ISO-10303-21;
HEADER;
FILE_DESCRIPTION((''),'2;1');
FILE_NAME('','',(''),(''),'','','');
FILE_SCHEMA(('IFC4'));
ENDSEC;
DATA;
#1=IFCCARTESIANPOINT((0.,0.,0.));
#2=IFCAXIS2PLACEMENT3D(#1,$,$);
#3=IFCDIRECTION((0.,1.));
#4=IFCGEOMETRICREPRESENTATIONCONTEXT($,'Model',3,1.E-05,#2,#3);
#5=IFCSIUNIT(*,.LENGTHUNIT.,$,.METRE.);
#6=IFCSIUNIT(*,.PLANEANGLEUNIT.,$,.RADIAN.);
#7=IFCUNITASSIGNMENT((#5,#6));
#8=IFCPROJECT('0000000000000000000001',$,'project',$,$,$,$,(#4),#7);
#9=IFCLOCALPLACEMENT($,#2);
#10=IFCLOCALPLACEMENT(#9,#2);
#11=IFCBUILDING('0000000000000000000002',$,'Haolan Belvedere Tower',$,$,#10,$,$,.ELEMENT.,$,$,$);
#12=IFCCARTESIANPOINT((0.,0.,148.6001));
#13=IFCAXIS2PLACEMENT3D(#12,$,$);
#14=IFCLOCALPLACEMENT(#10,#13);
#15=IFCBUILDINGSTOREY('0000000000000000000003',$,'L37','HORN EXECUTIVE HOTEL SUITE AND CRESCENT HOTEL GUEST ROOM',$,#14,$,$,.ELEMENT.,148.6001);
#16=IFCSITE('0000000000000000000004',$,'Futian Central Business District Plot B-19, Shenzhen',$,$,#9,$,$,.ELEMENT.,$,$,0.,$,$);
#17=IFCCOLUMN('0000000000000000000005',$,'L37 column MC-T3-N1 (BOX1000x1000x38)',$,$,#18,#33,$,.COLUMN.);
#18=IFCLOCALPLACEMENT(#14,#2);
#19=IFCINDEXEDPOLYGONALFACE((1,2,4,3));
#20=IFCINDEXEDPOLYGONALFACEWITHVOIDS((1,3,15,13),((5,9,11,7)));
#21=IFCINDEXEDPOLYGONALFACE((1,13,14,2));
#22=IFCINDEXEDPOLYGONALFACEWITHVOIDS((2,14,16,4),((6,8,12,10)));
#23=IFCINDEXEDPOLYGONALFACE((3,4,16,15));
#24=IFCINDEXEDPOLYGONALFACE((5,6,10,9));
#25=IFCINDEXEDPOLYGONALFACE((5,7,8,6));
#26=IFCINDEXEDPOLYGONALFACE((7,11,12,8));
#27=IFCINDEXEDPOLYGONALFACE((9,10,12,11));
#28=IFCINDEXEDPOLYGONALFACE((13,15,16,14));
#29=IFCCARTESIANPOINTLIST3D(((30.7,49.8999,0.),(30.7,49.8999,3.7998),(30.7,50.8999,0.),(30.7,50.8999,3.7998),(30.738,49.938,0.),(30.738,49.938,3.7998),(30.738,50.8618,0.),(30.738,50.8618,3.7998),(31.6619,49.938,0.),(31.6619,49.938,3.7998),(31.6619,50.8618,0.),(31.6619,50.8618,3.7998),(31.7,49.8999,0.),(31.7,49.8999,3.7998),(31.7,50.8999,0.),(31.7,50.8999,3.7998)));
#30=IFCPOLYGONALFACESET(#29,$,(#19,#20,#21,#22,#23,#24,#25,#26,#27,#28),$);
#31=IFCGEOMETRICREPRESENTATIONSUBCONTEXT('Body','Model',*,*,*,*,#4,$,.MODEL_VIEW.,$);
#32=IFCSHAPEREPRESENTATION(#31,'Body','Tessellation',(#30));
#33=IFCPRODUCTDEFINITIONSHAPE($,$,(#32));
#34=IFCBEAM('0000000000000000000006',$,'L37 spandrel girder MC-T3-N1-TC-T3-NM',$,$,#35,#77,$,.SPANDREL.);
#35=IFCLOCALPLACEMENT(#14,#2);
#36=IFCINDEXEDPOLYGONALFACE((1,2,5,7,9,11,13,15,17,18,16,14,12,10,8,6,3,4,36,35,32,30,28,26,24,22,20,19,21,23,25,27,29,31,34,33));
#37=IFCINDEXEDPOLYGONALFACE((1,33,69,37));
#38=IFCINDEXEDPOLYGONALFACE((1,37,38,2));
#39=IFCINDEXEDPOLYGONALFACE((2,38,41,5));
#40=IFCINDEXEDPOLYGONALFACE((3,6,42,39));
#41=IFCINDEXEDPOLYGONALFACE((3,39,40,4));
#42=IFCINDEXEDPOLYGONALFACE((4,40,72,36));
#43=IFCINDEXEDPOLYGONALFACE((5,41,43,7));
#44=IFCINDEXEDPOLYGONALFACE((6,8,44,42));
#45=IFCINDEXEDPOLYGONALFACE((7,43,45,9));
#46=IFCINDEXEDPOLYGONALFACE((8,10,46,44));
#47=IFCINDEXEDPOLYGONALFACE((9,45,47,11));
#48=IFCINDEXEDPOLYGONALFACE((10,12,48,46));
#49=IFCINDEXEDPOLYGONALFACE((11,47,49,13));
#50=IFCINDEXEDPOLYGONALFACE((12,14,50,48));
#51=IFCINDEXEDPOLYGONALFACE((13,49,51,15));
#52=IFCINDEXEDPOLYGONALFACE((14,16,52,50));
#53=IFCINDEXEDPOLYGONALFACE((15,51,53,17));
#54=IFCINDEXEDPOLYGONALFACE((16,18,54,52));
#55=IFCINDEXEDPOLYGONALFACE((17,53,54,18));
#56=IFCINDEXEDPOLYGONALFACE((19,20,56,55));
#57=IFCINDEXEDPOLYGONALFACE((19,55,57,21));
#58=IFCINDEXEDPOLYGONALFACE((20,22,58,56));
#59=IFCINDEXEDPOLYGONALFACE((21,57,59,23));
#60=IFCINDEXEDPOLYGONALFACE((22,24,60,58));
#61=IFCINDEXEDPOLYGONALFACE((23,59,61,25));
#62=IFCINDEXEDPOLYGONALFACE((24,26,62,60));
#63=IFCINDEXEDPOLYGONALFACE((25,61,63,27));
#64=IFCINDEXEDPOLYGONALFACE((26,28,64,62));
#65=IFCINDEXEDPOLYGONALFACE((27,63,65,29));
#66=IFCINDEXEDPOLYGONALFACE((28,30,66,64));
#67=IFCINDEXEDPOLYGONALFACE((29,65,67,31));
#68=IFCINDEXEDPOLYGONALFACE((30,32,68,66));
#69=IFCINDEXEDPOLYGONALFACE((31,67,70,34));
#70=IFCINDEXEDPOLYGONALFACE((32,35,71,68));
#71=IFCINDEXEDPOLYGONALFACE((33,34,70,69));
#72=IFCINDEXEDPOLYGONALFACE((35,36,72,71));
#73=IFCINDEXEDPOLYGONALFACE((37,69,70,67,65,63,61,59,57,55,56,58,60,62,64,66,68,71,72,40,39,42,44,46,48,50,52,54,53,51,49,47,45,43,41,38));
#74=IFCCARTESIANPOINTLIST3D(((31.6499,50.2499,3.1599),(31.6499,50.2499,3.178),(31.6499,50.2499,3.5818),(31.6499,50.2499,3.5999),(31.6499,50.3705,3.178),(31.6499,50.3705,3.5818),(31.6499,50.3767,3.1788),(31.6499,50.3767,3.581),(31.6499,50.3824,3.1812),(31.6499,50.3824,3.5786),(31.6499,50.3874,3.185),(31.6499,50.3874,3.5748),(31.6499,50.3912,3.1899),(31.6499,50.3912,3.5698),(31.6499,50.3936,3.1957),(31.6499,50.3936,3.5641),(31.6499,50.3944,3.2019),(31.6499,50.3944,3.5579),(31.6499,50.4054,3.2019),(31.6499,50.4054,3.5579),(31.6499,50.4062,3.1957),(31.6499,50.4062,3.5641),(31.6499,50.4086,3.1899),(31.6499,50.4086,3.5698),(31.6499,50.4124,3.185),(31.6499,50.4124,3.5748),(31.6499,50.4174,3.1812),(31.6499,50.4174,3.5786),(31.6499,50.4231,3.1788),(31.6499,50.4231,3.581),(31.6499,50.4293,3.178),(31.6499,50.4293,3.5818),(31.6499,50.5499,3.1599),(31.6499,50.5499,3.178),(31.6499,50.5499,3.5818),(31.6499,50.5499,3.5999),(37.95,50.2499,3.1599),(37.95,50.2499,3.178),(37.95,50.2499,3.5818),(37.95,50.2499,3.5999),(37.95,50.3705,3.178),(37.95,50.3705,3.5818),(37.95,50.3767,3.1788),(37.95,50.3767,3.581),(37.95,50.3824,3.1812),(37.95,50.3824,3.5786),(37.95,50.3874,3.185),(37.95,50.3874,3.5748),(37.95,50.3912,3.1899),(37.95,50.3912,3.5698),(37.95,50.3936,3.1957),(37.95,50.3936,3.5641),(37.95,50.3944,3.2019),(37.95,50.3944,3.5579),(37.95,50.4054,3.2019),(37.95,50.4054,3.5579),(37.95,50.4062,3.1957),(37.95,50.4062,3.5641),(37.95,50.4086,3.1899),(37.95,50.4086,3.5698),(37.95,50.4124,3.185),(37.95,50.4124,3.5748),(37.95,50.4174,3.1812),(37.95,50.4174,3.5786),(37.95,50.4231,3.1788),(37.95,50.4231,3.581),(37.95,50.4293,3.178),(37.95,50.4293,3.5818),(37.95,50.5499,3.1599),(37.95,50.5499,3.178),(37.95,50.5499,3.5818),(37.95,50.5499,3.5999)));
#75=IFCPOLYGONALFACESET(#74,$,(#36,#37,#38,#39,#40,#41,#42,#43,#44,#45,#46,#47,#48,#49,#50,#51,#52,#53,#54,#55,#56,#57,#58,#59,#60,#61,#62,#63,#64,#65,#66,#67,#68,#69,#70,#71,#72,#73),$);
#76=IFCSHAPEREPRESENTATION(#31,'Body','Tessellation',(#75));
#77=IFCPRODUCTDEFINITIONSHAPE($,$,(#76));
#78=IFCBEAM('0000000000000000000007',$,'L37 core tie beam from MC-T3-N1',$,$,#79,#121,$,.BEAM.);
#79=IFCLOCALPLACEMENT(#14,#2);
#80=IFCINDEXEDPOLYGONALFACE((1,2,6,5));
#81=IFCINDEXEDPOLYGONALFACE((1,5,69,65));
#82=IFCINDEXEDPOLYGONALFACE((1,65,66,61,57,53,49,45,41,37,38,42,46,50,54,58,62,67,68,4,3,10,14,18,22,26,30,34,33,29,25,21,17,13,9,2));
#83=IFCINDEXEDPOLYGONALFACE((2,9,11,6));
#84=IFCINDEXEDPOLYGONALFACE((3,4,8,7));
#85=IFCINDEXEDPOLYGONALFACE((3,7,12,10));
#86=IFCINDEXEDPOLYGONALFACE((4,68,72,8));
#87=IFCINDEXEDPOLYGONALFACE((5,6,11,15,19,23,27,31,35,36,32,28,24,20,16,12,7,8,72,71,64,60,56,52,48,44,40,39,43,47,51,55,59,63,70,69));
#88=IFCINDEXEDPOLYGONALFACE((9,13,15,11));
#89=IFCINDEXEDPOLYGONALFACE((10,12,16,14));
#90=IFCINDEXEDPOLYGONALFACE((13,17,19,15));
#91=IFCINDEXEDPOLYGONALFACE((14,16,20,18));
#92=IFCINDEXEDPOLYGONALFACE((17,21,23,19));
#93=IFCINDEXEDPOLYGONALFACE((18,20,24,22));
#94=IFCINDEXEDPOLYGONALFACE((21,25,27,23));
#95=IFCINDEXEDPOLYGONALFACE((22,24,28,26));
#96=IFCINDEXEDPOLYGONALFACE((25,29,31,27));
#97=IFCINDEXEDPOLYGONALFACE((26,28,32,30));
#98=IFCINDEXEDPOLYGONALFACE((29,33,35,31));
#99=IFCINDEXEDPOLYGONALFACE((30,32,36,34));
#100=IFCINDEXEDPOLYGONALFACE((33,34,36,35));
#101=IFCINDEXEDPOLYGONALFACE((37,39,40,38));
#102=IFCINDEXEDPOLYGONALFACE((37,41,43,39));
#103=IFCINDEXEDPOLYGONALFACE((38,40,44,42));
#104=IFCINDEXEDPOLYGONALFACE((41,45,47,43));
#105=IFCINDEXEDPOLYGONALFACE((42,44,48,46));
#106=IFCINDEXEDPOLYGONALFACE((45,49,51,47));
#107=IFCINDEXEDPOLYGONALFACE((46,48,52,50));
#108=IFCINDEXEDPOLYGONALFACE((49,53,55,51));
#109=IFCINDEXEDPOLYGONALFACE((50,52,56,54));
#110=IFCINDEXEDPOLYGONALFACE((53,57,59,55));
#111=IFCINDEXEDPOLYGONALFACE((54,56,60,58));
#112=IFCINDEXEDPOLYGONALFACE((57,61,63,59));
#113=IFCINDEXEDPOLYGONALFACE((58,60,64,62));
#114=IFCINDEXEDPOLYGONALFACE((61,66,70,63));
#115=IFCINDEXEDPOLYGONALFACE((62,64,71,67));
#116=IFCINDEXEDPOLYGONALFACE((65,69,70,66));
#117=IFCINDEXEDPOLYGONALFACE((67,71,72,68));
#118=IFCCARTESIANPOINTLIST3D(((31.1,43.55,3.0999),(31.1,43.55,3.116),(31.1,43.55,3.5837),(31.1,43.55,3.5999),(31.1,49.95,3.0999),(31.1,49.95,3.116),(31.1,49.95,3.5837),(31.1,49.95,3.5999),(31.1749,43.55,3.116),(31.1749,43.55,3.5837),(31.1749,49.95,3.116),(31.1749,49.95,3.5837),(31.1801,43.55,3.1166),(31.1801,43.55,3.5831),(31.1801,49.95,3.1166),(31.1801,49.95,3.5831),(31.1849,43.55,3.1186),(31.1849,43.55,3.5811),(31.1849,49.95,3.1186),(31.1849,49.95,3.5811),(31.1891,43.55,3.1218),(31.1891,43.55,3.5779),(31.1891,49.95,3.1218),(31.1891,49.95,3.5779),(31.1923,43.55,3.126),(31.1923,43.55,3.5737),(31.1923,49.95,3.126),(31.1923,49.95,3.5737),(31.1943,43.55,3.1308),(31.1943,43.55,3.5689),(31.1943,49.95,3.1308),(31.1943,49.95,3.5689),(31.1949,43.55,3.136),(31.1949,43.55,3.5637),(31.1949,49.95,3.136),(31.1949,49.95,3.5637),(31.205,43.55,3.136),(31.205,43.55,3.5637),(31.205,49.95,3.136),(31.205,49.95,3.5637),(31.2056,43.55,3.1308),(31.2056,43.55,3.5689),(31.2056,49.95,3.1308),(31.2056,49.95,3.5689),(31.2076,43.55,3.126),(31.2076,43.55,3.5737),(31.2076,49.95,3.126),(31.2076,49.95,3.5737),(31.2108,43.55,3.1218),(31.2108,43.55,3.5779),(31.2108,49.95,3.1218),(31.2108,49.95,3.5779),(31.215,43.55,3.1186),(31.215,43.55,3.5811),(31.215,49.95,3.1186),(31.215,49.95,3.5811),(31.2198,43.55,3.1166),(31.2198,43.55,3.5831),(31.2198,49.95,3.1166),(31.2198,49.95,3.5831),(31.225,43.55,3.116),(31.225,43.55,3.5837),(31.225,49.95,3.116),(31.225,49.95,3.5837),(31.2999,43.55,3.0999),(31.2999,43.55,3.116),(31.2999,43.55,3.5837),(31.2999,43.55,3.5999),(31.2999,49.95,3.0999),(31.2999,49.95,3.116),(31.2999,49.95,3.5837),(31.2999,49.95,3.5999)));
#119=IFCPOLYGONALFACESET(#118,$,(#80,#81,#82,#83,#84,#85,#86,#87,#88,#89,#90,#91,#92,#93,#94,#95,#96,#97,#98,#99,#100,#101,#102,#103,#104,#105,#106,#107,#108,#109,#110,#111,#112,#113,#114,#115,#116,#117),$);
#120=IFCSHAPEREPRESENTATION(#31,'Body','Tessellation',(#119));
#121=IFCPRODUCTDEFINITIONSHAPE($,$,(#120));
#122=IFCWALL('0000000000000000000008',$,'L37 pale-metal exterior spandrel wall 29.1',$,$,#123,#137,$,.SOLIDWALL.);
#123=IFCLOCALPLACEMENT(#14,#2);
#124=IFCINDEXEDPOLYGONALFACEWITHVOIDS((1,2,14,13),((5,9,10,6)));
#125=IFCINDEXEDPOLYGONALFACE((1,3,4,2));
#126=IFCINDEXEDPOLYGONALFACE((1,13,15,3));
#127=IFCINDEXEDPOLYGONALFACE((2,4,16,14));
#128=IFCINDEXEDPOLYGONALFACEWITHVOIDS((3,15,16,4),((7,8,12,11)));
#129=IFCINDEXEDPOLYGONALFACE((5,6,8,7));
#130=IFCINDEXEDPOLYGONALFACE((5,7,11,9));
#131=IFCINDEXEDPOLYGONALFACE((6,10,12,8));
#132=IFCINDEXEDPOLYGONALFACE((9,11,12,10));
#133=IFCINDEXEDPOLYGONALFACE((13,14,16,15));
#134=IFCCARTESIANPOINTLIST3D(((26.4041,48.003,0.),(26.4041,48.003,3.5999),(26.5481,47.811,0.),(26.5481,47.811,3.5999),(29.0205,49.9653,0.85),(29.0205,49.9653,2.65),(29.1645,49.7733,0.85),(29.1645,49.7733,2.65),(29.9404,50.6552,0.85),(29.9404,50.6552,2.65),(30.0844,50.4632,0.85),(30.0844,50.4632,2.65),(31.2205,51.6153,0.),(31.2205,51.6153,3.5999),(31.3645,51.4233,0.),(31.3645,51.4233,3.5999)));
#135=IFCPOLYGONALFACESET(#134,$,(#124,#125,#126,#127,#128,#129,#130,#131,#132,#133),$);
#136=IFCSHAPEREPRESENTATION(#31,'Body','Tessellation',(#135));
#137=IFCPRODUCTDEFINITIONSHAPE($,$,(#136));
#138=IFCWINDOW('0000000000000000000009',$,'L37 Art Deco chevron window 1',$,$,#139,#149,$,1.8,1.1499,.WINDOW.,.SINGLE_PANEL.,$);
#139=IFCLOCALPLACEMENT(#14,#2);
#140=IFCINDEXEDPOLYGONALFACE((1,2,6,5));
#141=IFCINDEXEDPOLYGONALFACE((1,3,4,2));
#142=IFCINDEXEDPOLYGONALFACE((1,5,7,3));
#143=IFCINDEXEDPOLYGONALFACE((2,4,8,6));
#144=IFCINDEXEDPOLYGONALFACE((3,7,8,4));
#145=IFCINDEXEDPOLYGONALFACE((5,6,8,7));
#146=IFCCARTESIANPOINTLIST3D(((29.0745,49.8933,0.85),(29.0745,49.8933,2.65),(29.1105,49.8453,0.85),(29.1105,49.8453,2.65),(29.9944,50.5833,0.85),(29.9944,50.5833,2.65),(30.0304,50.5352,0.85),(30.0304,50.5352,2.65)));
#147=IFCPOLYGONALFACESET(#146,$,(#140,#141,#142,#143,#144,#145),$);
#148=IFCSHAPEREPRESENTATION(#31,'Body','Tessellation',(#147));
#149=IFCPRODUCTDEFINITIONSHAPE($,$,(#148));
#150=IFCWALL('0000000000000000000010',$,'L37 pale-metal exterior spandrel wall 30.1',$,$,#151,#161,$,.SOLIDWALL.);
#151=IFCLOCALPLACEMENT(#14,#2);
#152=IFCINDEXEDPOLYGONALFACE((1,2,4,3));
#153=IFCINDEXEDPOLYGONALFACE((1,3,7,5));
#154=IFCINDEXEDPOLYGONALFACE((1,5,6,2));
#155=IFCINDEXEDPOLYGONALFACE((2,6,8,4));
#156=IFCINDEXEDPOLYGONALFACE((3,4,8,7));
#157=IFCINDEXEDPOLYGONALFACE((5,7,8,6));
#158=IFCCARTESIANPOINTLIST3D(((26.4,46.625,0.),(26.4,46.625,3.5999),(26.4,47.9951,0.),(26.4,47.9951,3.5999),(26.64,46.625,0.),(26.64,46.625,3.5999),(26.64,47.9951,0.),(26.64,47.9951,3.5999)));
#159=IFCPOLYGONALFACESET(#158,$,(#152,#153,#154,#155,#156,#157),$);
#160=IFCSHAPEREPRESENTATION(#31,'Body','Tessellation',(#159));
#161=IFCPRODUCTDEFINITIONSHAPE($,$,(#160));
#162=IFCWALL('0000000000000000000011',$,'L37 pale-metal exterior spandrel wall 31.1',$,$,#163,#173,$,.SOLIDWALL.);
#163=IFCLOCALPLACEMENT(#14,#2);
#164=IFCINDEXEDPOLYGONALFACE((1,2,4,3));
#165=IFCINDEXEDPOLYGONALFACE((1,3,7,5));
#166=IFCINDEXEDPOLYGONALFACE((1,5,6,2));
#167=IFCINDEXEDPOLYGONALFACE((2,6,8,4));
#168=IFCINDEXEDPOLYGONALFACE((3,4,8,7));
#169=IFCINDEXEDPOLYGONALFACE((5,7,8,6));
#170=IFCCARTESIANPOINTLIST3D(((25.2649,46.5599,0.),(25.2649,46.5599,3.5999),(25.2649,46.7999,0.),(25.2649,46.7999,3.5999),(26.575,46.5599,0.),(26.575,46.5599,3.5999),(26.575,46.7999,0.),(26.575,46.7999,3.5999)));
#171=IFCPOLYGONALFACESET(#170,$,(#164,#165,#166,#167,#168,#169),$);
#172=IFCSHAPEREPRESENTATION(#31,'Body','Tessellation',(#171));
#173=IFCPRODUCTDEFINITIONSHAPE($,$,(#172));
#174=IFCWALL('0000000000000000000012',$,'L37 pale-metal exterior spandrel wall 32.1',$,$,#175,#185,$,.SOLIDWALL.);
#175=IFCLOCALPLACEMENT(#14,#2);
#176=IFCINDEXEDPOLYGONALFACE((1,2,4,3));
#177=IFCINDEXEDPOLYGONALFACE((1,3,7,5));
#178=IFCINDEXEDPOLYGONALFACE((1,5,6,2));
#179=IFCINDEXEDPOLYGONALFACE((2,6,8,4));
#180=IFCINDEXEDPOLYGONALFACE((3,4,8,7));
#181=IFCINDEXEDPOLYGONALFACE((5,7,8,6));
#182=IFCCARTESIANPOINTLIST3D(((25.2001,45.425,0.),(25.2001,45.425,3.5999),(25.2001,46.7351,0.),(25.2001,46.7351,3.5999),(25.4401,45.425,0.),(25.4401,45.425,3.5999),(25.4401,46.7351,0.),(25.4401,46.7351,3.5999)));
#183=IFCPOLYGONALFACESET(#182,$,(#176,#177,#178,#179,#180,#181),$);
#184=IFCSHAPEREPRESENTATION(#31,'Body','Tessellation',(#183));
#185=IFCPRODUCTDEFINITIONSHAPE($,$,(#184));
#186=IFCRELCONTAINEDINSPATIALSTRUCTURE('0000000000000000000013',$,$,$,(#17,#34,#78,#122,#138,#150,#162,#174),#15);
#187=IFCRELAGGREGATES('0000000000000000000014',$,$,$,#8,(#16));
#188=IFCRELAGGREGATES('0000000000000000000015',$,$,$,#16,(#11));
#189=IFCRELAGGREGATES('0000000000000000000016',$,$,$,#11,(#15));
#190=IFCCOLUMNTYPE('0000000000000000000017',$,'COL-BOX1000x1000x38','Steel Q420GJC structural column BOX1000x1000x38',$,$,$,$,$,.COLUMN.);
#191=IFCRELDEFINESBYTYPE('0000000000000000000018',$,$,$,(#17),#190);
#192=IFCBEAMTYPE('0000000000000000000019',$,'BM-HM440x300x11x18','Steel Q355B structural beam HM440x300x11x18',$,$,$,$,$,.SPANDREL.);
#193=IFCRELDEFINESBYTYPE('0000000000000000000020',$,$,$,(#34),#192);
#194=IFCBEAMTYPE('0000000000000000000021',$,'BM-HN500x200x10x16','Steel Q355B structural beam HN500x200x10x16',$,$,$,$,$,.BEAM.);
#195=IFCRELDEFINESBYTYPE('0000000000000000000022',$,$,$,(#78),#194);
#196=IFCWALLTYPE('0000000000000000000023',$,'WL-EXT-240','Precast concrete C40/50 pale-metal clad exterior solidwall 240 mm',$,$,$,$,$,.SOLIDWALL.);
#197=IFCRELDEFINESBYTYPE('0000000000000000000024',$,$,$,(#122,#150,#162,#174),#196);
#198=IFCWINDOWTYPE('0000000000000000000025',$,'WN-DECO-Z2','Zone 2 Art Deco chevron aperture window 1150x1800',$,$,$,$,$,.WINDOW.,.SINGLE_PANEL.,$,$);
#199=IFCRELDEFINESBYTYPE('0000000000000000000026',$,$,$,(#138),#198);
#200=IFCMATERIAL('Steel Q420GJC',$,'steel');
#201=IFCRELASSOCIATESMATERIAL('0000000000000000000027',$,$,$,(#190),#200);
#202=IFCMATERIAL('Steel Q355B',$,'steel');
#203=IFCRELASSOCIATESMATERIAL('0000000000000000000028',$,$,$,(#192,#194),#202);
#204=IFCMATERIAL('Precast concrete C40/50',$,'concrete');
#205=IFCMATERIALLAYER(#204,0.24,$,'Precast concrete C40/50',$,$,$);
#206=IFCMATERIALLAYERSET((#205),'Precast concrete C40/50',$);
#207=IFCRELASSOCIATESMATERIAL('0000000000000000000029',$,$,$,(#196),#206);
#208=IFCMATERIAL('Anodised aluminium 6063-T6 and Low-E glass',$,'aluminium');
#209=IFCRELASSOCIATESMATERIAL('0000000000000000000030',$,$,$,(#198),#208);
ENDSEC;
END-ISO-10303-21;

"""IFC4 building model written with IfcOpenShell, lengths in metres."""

from ifc_helpers import new_model, si_unit, direction, frame, frame_2d, origin, origin_2d, place, context, subcontext, project, spatial, rectangle, hollow_rectangle, i_section, extrude, material, layer, layer_set, material_profile, profile_set, type_object, element, fill, save


model = new_model("IFC4")

# Units and contexts
model_context = context("Model", 3, precision=1e-05, world=origin(), true_north=direction((0.0, 1.0)))
body_context = subcontext(model_context, "Body", "Model", "MODEL_VIEW")
ifc_project = project(units=[si_unit("LENGTHUNIT", "METRE"), si_unit("PLANEANGLEUNIT", "RADIAN")], contexts=[model_context])

# Site, building, storey
site_placement = place(None, origin())
site = spatial("IfcSite", under=ifc_project, at=site_placement, Name="Futian Central Business District Plot B-19, Shenzhen", CompositionType="ELEMENT", RefElevation=0.0)
building_placement = place(site_placement, origin())
building = spatial("IfcBuilding", under=site, at=building_placement, Name="Haolan Belvedere Tower", CompositionType="ELEMENT")
storey_placement = place(building_placement, frame((0.0, 0.0, 148.6001)))
storey = spatial("IfcBuildingStorey", under=building, at=storey_placement, Name="L37", Description="HORN EXECUTIVE HOTEL SUITE AND CRESCENT HOTEL GUEST ROOM", CompositionType="ELEMENT", Elevation=148.6001)

# Column
ifc_material_1 = material(Name="Steel Q420GJC", Category="steel")
ifc_material_profile_1 = material_profile(ifc_material_1, hollow_rectangle(XDim=1.0, YDim=1.0, WallThickness=0.0381, at=origin_2d()), Name="Steel Q420GJC")
ifc_profile_set_1 = profile_set([ifc_material_profile_1], Name="Steel Q420GJC")
column_type = type_object("IfcColumnType", Name="COL-BOX1000x1000x38", Description="Steel Q420GJC structural column BOX1000x1000x38", PredefinedType="COLUMN", material=ifc_profile_set_1)
column_placement = place(storey_placement, frame((31.2, 50.3999, 0.0), z_axis=(0.0, 0.0, 1.0), x_axis=(1.0, 0.0, 0.0)))
element("IfcColumn", 1, at=column_placement, inside=storey, type_object=column_type, Name="L37 column MC-T3-N1 (BOX1000x1000x38)", PredefinedType="COLUMN", context=body_context, shape_type="SweptSolid", body=[
    extrude(hollow_rectangle(XDim=1.0, YDim=1.0, WallThickness=0.0381, at=origin_2d()), origin(), (0.0, 0.0, 1.0), 3.7998),
])

# Beams
ifc_material_2 = material(Name="Steel Q355B", Category="steel")
ifc_material_profile_2 = material_profile(ifc_material_2, i_section(OverallWidth=0.3, OverallDepth=0.4399, WebThickness=0.011, FlangeThickness=0.0181, FilletRadius=0.0239, at=origin_2d()), Name="Steel Q355B")
ifc_profile_set_2 = profile_set([ifc_material_profile_2], Name="Steel Q355B")
beam_type_1 = type_object("IfcBeamType", Name="BM-HM440x300x11x18", Description="Steel Q355B structural beam HM440x300x11x18", PredefinedType="SPANDREL", material=ifc_profile_set_2)
beam_1_placement = place(storey_placement, frame((31.6499, 50.3999, 3.3799), z_axis=(1.0, 0.0, 0.0), x_axis=(0.0, 1.0, 0.0)))
element("IfcBeam", 2, at=beam_1_placement, inside=storey, type_object=beam_type_1, Name="L37 spandrel girder MC-T3-N1-TC-T3-NM", PredefinedType="SPANDREL", context=body_context, shape_type="SweptSolid", body=[
    extrude(i_section(OverallWidth=0.3, OverallDepth=0.4399, WebThickness=0.011, FlangeThickness=0.0181, FilletRadius=0.0239, at=origin_2d()), origin(), (0.0, 0.0, 1.0), 6.3),
])
ifc_material_profile_3 = material_profile(ifc_material_2, i_section(OverallWidth=0.2, OverallDepth=0.5, WebThickness=0.01, FlangeThickness=0.0161, FilletRadius=0.02, at=origin_2d()), Name="Steel Q355B")
ifc_profile_set_3 = profile_set([ifc_material_profile_3], Name="Steel Q355B")
beam_type_2 = type_object("IfcBeamType", Name="BM-HN500x200x10x16", Description="Steel Q355B structural beam HN500x200x10x16", PredefinedType="BEAM", material=ifc_profile_set_3)
beam_2_placement = place(storey_placement, frame((31.2, 49.95, 3.3499), z_axis=(0.0, -1.0, 0.0), x_axis=(1.0, 0.0, 0.0)))
element("IfcBeam", 3, at=beam_2_placement, inside=storey, type_object=beam_type_2, Name="L37 core tie beam from MC-T3-N1", PredefinedType="BEAM", context=body_context, shape_type="SweptSolid", body=[
    extrude(i_section(OverallWidth=0.2, OverallDepth=0.5, WebThickness=0.01, FlangeThickness=0.0161, FilletRadius=0.02, at=origin_2d()), origin(), (0.0, 0.0, 1.0), 6.3999),
])

# Wall, opening, window
ifc_material_3 = material(Name="Precast concrete C40/50", Category="concrete")
ifc_layer_1 = layer(ifc_material_3, 0.24, Name="Precast concrete C40/50")
ifc_layer_set_1 = layer_set([ifc_layer_1], Name="Precast concrete C40/50")
wall_type_1 = type_object("IfcWallType", Name="WL-EXT-240", Description="Precast concrete C40/50 pale-metal clad exterior solidwall 240 mm", PredefinedType="SOLIDWALL", material=ifc_layer_set_1)
wall_1_placement = place(storey_placement, frame((31.2925, 51.5193, 0.0), z_axis=(0.0, 0.0, 1.0), x_axis=(-0.8, -0.6, 0.0)))
wall_1 = element("IfcWall", 4, at=wall_1_placement, inside=storey, type_object=wall_type_1, Name="L37 pale-metal exterior spandrel wall 29.1", PredefinedType="SOLIDWALL", context=body_context, shape_type="SweptSolid", body=[
    extrude(rectangle(XDim=6.0205, YDim=0.24, at=frame_2d((3.0103, 0.0))), origin(), (0.0, 0.0, 1.0), 3.5999),
])
opening_1_placement = place(wall_1_placement, frame((1.6001, 0.0, 0.8501)))
opening_1 = element("IfcOpeningElement", 5, at=opening_1_placement, cuts=wall_1, PredefinedType="OPENING", context=body_context, shape_type="SweptSolid", body=[
    extrude(rectangle(XDim=1.1499, YDim=1.8, at=frame_2d((0.575, 0.8999))), frame((0.0, 0.1299, 0.0), z_axis=(0.0, -1.0, 0.0), x_axis=(1.0, 0.0, 0.0)), (0.0, 0.0, 1.0), 0.26),
])
ifc_material_4 = material(Name="Anodised aluminium 6063-T6 and Low-E glass", Category="aluminium")
window_type = type_object("IfcWindowType", Name="WN-DECO-Z2", Description="Zone 2 Art Deco chevron aperture window 1150x1800", PartitioningType="SINGLE_PANEL", PredefinedType="WINDOW", material=ifc_material_4)
window_placement = place(opening_1_placement, origin())
window = element("IfcWindow", 6, at=window_placement, inside=storey, type_object=window_type, Name="L37 Art Deco chevron window 1", OverallHeight=1.8, OverallWidth=1.1499, PartitioningType="SINGLE_PANEL", PredefinedType="WINDOW", context=body_context, shape_type="SweptSolid", body=[
    extrude(rectangle(XDim=1.1499, YDim=1.8, at=frame_2d((0.575, 0.8999))), frame((0.0, 0.03, 0.0), z_axis=(0.0, -1.0, 0.0), x_axis=(1.0, 0.0, 0.0)), (0.0, 0.0, 1.0), 0.0601),
])
fill(opening_1, window)

# Walls
wall_2_placement = place(storey_placement, frame((26.52, 47.9951, 0.0), z_axis=(0.0, 0.0, 1.0), x_axis=(0.0, -1.0, 0.0)))
element("IfcWall", 7, at=wall_2_placement, inside=storey, type_object=wall_type_1, Name="L37 pale-metal exterior spandrel wall 30.1", PredefinedType="SOLIDWALL", context=body_context, shape_type="SweptSolid", body=[
    extrude(rectangle(XDim=1.3701, YDim=0.24, at=frame_2d((0.6851, 0.0))), origin(), (0.0, 0.0, 1.0), 3.5999),
])
for number, where, z_axis, x_axis, name in (
    (8, (26.575, 46.6799, 0.0), (0.0, 0.0, 1.0), (-1.0, 0.0, 0.0), "L37 pale-metal exterior spandrel wall 31.1"),
    (9, (25.3201, 46.7351, 0.0), (0.0, 0.0, 1.0), (0.0, -1.0, 0.0), "L37 pale-metal exterior spandrel wall 32.1"),
):
    element("IfcWall", number, at=place(storey_placement, frame(where, z_axis=z_axis, x_axis=x_axis)), inside=storey, type_object=wall_type_1, Name=name, PredefinedType="SOLIDWALL", context=body_context, shape_type="SweptSolid", body=[
        extrude(rectangle(XDim=1.3101, YDim=0.24, at=frame_2d((0.655, 0.0))), origin(), (0.0, 0.0, 1.0), 3.5999),
    ])

save(model, "model.ifc")
